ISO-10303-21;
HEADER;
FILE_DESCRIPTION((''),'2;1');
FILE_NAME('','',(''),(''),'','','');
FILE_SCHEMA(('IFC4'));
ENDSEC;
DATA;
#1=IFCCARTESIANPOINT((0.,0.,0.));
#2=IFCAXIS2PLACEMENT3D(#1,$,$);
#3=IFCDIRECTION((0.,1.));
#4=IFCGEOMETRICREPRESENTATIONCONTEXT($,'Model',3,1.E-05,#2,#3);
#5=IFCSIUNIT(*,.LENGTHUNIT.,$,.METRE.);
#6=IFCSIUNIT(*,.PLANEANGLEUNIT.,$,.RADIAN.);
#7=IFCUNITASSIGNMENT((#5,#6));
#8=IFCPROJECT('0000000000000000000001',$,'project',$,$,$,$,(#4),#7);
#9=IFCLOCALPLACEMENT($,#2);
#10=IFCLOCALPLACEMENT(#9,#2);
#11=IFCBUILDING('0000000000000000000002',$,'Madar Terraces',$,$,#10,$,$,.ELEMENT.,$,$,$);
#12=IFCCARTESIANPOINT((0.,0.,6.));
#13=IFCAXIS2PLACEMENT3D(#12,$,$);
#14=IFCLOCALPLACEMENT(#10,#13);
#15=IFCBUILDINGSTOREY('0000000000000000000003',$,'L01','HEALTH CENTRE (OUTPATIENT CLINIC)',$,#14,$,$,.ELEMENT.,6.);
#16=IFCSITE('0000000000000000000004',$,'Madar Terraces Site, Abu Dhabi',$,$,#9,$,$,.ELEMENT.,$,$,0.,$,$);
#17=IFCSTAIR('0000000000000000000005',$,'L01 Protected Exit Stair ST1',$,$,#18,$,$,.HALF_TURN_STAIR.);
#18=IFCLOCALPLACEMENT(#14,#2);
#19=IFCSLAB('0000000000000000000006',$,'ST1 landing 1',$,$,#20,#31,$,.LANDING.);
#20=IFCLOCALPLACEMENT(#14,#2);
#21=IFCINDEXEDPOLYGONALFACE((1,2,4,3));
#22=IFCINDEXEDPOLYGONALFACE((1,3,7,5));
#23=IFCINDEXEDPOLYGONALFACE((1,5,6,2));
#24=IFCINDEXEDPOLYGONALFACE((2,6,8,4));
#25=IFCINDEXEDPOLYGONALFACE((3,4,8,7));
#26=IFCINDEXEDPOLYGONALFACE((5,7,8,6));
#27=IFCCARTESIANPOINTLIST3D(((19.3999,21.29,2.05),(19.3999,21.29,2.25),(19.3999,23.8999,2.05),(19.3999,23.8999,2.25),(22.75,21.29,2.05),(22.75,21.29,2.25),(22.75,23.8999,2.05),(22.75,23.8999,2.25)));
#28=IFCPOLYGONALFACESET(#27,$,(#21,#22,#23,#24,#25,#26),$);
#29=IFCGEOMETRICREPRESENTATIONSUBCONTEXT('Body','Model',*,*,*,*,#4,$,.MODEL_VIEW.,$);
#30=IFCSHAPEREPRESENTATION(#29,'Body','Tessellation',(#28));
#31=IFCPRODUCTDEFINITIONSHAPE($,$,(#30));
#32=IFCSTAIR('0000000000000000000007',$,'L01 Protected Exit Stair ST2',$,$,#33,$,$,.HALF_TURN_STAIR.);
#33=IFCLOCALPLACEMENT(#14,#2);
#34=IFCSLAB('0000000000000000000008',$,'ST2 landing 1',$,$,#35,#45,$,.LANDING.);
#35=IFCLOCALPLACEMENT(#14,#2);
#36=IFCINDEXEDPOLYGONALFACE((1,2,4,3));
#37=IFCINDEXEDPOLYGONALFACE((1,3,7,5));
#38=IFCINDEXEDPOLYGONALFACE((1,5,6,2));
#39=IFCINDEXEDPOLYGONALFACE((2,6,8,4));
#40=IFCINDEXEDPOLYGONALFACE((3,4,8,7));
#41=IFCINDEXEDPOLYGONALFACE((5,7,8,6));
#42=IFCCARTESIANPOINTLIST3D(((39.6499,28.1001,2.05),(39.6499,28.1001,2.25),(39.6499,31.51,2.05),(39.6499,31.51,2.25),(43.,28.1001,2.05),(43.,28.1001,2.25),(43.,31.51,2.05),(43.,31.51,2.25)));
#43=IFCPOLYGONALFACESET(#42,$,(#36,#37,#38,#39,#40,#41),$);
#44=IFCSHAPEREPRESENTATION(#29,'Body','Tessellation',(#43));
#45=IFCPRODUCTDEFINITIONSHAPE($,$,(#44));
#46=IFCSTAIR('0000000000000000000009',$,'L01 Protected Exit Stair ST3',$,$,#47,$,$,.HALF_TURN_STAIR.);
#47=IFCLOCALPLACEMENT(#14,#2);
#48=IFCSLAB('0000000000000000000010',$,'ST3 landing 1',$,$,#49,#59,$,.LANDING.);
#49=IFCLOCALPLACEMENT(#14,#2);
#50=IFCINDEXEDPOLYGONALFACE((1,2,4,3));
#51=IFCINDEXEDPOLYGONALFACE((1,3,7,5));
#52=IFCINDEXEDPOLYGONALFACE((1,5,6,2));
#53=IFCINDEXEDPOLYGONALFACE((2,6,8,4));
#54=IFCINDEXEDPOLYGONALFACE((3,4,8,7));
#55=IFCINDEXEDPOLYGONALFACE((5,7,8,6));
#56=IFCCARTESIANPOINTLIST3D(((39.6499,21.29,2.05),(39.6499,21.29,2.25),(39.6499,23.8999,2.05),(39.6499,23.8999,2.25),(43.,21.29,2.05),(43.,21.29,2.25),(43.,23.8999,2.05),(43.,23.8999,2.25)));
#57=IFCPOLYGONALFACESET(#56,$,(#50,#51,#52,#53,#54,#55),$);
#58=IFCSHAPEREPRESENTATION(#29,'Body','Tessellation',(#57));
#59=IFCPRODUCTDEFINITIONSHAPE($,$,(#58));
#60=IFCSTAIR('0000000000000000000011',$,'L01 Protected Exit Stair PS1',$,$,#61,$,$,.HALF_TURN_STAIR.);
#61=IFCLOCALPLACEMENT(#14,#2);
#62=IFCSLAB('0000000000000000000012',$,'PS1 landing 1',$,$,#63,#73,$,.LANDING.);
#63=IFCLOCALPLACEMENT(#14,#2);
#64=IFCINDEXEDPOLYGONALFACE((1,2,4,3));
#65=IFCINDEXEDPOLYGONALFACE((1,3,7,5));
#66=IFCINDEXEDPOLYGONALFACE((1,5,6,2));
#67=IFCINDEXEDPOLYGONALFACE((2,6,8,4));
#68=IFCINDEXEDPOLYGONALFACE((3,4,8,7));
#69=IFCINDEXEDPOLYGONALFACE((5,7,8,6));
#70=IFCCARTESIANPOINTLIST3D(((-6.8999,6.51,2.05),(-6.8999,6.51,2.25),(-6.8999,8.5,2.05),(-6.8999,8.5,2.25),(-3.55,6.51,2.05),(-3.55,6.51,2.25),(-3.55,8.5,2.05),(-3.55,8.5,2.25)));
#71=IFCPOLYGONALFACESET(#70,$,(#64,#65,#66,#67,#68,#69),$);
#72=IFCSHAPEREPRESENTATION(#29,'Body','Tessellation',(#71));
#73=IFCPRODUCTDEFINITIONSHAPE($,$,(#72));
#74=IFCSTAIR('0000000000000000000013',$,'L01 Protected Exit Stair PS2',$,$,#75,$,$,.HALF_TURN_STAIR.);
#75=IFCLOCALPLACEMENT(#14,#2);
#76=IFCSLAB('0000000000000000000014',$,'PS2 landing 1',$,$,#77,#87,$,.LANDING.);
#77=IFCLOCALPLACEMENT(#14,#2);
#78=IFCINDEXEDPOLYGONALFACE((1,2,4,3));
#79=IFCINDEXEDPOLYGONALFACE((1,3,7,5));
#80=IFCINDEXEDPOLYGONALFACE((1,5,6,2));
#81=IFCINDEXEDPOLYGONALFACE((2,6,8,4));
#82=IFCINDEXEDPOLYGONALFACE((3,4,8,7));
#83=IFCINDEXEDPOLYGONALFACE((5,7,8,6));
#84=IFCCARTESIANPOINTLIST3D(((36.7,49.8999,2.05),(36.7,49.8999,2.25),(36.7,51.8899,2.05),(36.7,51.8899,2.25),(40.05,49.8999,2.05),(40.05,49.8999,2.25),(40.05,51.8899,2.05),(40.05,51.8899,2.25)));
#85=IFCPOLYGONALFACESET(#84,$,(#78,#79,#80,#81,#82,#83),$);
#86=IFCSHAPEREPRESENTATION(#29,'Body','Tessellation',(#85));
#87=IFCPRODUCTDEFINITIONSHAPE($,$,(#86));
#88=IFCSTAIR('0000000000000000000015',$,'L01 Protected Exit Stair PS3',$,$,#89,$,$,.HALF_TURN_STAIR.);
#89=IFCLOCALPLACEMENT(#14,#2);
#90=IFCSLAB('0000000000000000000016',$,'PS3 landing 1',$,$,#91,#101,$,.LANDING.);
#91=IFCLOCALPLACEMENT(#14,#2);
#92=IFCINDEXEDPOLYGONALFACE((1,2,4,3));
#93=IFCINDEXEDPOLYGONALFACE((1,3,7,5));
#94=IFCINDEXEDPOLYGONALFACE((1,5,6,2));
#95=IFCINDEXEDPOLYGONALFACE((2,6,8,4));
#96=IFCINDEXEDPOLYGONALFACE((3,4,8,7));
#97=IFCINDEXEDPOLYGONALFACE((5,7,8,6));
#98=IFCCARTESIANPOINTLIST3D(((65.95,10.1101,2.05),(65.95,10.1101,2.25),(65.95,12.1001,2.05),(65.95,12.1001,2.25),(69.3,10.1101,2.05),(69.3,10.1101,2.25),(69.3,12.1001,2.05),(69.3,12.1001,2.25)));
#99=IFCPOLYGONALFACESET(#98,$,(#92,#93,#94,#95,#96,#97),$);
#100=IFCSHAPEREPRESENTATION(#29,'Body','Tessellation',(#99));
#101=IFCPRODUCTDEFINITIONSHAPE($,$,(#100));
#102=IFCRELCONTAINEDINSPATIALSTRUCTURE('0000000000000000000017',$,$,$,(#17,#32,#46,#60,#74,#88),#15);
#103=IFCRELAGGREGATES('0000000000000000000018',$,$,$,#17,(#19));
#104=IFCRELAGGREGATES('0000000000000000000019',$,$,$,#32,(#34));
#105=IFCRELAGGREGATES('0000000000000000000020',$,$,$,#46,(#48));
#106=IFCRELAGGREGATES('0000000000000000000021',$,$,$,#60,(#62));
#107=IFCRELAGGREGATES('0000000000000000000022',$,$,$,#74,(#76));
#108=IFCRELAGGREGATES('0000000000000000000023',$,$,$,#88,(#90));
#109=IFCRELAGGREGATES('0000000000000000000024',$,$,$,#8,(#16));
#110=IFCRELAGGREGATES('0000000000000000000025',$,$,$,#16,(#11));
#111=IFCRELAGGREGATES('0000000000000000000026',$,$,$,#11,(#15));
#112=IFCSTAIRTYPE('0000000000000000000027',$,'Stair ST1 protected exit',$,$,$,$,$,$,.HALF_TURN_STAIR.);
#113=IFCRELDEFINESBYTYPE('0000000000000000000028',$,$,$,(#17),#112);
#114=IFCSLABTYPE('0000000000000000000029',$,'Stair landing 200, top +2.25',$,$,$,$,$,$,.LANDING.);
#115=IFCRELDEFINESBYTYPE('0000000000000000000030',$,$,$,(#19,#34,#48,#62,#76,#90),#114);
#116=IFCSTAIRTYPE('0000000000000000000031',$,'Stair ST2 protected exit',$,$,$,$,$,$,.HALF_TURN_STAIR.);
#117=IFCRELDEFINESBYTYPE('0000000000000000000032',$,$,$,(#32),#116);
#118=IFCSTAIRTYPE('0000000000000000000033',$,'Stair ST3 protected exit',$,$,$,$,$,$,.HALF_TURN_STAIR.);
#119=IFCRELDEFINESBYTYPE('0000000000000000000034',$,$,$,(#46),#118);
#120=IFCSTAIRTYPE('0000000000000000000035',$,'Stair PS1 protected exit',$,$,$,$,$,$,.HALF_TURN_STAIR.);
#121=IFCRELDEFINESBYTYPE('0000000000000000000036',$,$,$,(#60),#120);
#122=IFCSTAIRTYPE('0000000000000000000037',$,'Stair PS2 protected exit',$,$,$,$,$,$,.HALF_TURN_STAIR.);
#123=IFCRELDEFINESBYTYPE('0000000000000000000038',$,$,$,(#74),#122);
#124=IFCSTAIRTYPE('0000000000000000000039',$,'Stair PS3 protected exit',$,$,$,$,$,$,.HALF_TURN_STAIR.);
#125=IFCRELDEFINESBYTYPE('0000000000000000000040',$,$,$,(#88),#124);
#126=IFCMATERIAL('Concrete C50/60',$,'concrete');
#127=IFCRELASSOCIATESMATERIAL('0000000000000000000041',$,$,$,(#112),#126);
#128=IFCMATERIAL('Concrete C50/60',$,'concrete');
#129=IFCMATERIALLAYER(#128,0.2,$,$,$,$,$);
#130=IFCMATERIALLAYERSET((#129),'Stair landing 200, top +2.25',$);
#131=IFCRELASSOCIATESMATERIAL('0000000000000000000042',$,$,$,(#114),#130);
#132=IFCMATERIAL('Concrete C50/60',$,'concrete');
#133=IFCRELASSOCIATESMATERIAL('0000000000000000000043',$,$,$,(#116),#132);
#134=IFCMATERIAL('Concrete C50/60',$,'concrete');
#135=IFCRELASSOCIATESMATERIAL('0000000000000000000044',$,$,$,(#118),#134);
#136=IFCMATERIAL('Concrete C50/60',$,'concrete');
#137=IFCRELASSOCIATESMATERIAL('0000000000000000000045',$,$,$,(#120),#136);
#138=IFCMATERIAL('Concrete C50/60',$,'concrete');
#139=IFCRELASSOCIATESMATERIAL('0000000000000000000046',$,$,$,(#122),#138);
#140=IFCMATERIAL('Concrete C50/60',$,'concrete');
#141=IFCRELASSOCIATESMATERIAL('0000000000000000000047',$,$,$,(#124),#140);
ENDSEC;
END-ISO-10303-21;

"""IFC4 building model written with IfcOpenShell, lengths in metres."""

from ifc_helpers import new_model, si_unit, direction, frame, origin, place, context, subcontext, project, spatial, polyline, outline, extrude, material, layer, layer_set, type_object, element, aggregate, save


model = new_model("IFC4")

# Units and contexts
model_context = context("Model", 3, precision=1e-05, world=origin(), true_north=direction((0.0, 1.0)))
body_context = subcontext(model_context, "Body", "Model", "MODEL_VIEW")
ifc_project = project(units=[si_unit("LENGTHUNIT", "METRE"), si_unit("PLANEANGLEUNIT", "RADIAN")], contexts=[model_context])

# Site, building, storey
site_placement = place(None, origin())
site = spatial("IfcSite", under=ifc_project, at=site_placement, Name="Madar Terraces Site, Abu Dhabi", CompositionType="ELEMENT", RefElevation=0.0)
building_placement = place(site_placement, origin())
building = spatial("IfcBuilding", under=site, at=building_placement, Name="Madar Terraces", CompositionType="ELEMENT")
storey_placement = place(building_placement, frame((0.0, 0.0, 6.0)))
storey = spatial("IfcBuildingStorey", under=building, at=storey_placement, Name="L01", Description="HEALTH CENTRE (OUTPATIENT CLINIC)", CompositionType="ELEMENT", Elevation=6.0)

# Stairs, slabs
ifc_material_1 = material(Name="Concrete C50/60", Category="concrete")
stair_type_1 = type_object("IfcStairType", Name="Stair ST1 protected exit", PredefinedType="HALF_TURN_STAIR", material=ifc_material_1)
stair_1_placement = place(storey_placement, origin())
stair_1 = element("IfcStair", 1, at=stair_1_placement, inside=storey, type_object=stair_type_1, Name="L01 Protected Exit Stair ST1", PredefinedType="HALF_TURN_STAIR")
ifc_material_2 = material(Name="Concrete C50/60", Category="concrete")
ifc_layer_1 = layer(ifc_material_2, 0.2)
ifc_layer_set_1 = layer_set([ifc_layer_1], Name="Stair landing 200, top +2.25")
slab_type_1 = type_object("IfcSlabType", Name="Stair landing 200, top +2.25", PredefinedType="LANDING", material=ifc_layer_set_1)
slab_1_placement = place(storey_placement, frame((0.0, 0.0, 2.05)))
slab_1 = element("IfcSlab", 2, at=slab_1_placement, type_object=slab_type_1, Name="ST1 landing 1", PredefinedType="LANDING", context=body_context, shape_type="SweptSolid", body=[
    extrude(outline(polyline([(19.3999, 21.29), (22.75, 21.29), (22.75, 23.8999), (19.3999, 23.8999), (19.3999, 21.29)])), origin(), (0.0, 0.0, 1.0), 0.2),
])
aggregate(stair_1, [slab_1])
ifc_material_3 = material(Name="Concrete C50/60", Category="concrete")
stair_type_2 = type_object("IfcStairType", Name="Stair ST2 protected exit", PredefinedType="HALF_TURN_STAIR", material=ifc_material_3)
stair_2_placement = place(storey_placement, origin())
stair_2 = element("IfcStair", 3, at=stair_2_placement, inside=storey, type_object=stair_type_2, Name="L01 Protected Exit Stair ST2", PredefinedType="HALF_TURN_STAIR")
slab_2_placement = place(storey_placement, frame((0.0, 0.0, 2.05)))
slab_2 = element("IfcSlab", 4, at=slab_2_placement, type_object=slab_type_1, Name="ST2 landing 1", PredefinedType="LANDING", context=body_context, shape_type="SweptSolid", body=[
    extrude(outline(polyline([(39.6499, 28.1001), (43.0, 28.1001), (43.0, 31.51), (39.6499, 31.51), (39.6499, 28.1001)])), origin(), (0.0, 0.0, 1.0), 0.2),
])
aggregate(stair_2, [slab_2])
ifc_material_4 = material(Name="Concrete C50/60", Category="concrete")
stair_type_3 = type_object("IfcStairType", Name="Stair ST3 protected exit", PredefinedType="HALF_TURN_STAIR", material=ifc_material_4)
stair_3_placement = place(storey_placement, origin())
stair_3 = element("IfcStair", 5, at=stair_3_placement, inside=storey, type_object=stair_type_3, Name="L01 Protected Exit Stair ST3", PredefinedType="HALF_TURN_STAIR")
slab_3_placement = place(storey_placement, frame((0.0, 0.0, 2.05)))
slab_3 = element("IfcSlab", 6, at=slab_3_placement, type_object=slab_type_1, Name="ST3 landing 1", PredefinedType="LANDING", context=body_context, shape_type="SweptSolid", body=[
    extrude(outline(polyline([(39.6499, 21.29), (43.0, 21.29), (43.0, 23.8999), (39.6499, 23.8999), (39.6499, 21.29)])), origin(), (0.0, 0.0, 1.0), 0.2),
])
aggregate(stair_3, [slab_3])
ifc_material_5 = material(Name="Concrete C50/60", Category="concrete")
stair_type_4 = type_object("IfcStairType", Name="Stair PS1 protected exit", PredefinedType="HALF_TURN_STAIR", material=ifc_material_5)
stair_4_placement = place(storey_placement, origin())
stair_4 = element("IfcStair", 7, at=stair_4_placement, inside=storey, type_object=stair_type_4, Name="L01 Protected Exit Stair PS1", PredefinedType="HALF_TURN_STAIR")
slab_4_placement = place(storey_placement, frame((0.0, 0.0, 2.05)))
slab_4 = element("IfcSlab", 8, at=slab_4_placement, type_object=slab_type_1, Name="PS1 landing 1", PredefinedType="LANDING", context=body_context, shape_type="SweptSolid", body=[
    extrude(outline(polyline([(-6.8999, 6.51), (-3.55, 6.51), (-3.55, 8.5), (-6.8999, 8.5), (-6.8999, 6.51)])), origin(), (0.0, 0.0, 1.0), 0.2),
])
aggregate(stair_4, [slab_4])
ifc_material_6 = material(Name="Concrete C50/60", Category="concrete")
stair_type_5 = type_object("IfcStairType", Name="Stair PS2 protected exit", PredefinedType="HALF_TURN_STAIR", material=ifc_material_6)
stair_5_placement = place(storey_placement, origin())
stair_5 = element("IfcStair", 9, at=stair_5_placement, inside=storey, type_object=stair_type_5, Name="L01 Protected Exit Stair PS2", PredefinedType="HALF_TURN_STAIR")
slab_5_placement = place(storey_placement, frame((0.0, 0.0, 2.05)))
slab_5 = element("IfcSlab", 10, at=slab_5_placement, type_object=slab_type_1, Name="PS2 landing 1", PredefinedType="LANDING", context=body_context, shape_type="SweptSolid", body=[
    extrude(outline(polyline([(36.7, 49.8999), (40.05, 49.8999), (40.05, 51.8899), (36.7, 51.8899), (36.7, 49.8999)])), origin(), (0.0, 0.0, 1.0), 0.2),
])
aggregate(stair_5, [slab_5])
ifc_material_7 = material(Name="Concrete C50/60", Category="concrete")
stair_type_6 = type_object("IfcStairType", Name="Stair PS3 protected exit", PredefinedType="HALF_TURN_STAIR", material=ifc_material_7)
stair_6_placement = place(storey_placement, origin())
stair_6 = element("IfcStair", 11, at=stair_6_placement, inside=storey, type_object=stair_type_6, Name="L01 Protected Exit Stair PS3", PredefinedType="HALF_TURN_STAIR")
slab_6_placement = place(storey_placement, frame((0.0, 0.0, 2.05)))
slab_6 = element("IfcSlab", 12, at=slab_6_placement, type_object=slab_type_1, Name="PS3 landing 1", PredefinedType="LANDING", context=body_context, shape_type="SweptSolid", body=[
    extrude(outline(polyline([(65.95, 10.1101), (69.3, 10.1101), (69.3, 12.1001), (65.95, 12.1001), (65.95, 10.1101)])), origin(), (0.0, 0.0, 1.0), 0.2),
])
aggregate(stair_6, [slab_6])

save(model, "model.ifc")
